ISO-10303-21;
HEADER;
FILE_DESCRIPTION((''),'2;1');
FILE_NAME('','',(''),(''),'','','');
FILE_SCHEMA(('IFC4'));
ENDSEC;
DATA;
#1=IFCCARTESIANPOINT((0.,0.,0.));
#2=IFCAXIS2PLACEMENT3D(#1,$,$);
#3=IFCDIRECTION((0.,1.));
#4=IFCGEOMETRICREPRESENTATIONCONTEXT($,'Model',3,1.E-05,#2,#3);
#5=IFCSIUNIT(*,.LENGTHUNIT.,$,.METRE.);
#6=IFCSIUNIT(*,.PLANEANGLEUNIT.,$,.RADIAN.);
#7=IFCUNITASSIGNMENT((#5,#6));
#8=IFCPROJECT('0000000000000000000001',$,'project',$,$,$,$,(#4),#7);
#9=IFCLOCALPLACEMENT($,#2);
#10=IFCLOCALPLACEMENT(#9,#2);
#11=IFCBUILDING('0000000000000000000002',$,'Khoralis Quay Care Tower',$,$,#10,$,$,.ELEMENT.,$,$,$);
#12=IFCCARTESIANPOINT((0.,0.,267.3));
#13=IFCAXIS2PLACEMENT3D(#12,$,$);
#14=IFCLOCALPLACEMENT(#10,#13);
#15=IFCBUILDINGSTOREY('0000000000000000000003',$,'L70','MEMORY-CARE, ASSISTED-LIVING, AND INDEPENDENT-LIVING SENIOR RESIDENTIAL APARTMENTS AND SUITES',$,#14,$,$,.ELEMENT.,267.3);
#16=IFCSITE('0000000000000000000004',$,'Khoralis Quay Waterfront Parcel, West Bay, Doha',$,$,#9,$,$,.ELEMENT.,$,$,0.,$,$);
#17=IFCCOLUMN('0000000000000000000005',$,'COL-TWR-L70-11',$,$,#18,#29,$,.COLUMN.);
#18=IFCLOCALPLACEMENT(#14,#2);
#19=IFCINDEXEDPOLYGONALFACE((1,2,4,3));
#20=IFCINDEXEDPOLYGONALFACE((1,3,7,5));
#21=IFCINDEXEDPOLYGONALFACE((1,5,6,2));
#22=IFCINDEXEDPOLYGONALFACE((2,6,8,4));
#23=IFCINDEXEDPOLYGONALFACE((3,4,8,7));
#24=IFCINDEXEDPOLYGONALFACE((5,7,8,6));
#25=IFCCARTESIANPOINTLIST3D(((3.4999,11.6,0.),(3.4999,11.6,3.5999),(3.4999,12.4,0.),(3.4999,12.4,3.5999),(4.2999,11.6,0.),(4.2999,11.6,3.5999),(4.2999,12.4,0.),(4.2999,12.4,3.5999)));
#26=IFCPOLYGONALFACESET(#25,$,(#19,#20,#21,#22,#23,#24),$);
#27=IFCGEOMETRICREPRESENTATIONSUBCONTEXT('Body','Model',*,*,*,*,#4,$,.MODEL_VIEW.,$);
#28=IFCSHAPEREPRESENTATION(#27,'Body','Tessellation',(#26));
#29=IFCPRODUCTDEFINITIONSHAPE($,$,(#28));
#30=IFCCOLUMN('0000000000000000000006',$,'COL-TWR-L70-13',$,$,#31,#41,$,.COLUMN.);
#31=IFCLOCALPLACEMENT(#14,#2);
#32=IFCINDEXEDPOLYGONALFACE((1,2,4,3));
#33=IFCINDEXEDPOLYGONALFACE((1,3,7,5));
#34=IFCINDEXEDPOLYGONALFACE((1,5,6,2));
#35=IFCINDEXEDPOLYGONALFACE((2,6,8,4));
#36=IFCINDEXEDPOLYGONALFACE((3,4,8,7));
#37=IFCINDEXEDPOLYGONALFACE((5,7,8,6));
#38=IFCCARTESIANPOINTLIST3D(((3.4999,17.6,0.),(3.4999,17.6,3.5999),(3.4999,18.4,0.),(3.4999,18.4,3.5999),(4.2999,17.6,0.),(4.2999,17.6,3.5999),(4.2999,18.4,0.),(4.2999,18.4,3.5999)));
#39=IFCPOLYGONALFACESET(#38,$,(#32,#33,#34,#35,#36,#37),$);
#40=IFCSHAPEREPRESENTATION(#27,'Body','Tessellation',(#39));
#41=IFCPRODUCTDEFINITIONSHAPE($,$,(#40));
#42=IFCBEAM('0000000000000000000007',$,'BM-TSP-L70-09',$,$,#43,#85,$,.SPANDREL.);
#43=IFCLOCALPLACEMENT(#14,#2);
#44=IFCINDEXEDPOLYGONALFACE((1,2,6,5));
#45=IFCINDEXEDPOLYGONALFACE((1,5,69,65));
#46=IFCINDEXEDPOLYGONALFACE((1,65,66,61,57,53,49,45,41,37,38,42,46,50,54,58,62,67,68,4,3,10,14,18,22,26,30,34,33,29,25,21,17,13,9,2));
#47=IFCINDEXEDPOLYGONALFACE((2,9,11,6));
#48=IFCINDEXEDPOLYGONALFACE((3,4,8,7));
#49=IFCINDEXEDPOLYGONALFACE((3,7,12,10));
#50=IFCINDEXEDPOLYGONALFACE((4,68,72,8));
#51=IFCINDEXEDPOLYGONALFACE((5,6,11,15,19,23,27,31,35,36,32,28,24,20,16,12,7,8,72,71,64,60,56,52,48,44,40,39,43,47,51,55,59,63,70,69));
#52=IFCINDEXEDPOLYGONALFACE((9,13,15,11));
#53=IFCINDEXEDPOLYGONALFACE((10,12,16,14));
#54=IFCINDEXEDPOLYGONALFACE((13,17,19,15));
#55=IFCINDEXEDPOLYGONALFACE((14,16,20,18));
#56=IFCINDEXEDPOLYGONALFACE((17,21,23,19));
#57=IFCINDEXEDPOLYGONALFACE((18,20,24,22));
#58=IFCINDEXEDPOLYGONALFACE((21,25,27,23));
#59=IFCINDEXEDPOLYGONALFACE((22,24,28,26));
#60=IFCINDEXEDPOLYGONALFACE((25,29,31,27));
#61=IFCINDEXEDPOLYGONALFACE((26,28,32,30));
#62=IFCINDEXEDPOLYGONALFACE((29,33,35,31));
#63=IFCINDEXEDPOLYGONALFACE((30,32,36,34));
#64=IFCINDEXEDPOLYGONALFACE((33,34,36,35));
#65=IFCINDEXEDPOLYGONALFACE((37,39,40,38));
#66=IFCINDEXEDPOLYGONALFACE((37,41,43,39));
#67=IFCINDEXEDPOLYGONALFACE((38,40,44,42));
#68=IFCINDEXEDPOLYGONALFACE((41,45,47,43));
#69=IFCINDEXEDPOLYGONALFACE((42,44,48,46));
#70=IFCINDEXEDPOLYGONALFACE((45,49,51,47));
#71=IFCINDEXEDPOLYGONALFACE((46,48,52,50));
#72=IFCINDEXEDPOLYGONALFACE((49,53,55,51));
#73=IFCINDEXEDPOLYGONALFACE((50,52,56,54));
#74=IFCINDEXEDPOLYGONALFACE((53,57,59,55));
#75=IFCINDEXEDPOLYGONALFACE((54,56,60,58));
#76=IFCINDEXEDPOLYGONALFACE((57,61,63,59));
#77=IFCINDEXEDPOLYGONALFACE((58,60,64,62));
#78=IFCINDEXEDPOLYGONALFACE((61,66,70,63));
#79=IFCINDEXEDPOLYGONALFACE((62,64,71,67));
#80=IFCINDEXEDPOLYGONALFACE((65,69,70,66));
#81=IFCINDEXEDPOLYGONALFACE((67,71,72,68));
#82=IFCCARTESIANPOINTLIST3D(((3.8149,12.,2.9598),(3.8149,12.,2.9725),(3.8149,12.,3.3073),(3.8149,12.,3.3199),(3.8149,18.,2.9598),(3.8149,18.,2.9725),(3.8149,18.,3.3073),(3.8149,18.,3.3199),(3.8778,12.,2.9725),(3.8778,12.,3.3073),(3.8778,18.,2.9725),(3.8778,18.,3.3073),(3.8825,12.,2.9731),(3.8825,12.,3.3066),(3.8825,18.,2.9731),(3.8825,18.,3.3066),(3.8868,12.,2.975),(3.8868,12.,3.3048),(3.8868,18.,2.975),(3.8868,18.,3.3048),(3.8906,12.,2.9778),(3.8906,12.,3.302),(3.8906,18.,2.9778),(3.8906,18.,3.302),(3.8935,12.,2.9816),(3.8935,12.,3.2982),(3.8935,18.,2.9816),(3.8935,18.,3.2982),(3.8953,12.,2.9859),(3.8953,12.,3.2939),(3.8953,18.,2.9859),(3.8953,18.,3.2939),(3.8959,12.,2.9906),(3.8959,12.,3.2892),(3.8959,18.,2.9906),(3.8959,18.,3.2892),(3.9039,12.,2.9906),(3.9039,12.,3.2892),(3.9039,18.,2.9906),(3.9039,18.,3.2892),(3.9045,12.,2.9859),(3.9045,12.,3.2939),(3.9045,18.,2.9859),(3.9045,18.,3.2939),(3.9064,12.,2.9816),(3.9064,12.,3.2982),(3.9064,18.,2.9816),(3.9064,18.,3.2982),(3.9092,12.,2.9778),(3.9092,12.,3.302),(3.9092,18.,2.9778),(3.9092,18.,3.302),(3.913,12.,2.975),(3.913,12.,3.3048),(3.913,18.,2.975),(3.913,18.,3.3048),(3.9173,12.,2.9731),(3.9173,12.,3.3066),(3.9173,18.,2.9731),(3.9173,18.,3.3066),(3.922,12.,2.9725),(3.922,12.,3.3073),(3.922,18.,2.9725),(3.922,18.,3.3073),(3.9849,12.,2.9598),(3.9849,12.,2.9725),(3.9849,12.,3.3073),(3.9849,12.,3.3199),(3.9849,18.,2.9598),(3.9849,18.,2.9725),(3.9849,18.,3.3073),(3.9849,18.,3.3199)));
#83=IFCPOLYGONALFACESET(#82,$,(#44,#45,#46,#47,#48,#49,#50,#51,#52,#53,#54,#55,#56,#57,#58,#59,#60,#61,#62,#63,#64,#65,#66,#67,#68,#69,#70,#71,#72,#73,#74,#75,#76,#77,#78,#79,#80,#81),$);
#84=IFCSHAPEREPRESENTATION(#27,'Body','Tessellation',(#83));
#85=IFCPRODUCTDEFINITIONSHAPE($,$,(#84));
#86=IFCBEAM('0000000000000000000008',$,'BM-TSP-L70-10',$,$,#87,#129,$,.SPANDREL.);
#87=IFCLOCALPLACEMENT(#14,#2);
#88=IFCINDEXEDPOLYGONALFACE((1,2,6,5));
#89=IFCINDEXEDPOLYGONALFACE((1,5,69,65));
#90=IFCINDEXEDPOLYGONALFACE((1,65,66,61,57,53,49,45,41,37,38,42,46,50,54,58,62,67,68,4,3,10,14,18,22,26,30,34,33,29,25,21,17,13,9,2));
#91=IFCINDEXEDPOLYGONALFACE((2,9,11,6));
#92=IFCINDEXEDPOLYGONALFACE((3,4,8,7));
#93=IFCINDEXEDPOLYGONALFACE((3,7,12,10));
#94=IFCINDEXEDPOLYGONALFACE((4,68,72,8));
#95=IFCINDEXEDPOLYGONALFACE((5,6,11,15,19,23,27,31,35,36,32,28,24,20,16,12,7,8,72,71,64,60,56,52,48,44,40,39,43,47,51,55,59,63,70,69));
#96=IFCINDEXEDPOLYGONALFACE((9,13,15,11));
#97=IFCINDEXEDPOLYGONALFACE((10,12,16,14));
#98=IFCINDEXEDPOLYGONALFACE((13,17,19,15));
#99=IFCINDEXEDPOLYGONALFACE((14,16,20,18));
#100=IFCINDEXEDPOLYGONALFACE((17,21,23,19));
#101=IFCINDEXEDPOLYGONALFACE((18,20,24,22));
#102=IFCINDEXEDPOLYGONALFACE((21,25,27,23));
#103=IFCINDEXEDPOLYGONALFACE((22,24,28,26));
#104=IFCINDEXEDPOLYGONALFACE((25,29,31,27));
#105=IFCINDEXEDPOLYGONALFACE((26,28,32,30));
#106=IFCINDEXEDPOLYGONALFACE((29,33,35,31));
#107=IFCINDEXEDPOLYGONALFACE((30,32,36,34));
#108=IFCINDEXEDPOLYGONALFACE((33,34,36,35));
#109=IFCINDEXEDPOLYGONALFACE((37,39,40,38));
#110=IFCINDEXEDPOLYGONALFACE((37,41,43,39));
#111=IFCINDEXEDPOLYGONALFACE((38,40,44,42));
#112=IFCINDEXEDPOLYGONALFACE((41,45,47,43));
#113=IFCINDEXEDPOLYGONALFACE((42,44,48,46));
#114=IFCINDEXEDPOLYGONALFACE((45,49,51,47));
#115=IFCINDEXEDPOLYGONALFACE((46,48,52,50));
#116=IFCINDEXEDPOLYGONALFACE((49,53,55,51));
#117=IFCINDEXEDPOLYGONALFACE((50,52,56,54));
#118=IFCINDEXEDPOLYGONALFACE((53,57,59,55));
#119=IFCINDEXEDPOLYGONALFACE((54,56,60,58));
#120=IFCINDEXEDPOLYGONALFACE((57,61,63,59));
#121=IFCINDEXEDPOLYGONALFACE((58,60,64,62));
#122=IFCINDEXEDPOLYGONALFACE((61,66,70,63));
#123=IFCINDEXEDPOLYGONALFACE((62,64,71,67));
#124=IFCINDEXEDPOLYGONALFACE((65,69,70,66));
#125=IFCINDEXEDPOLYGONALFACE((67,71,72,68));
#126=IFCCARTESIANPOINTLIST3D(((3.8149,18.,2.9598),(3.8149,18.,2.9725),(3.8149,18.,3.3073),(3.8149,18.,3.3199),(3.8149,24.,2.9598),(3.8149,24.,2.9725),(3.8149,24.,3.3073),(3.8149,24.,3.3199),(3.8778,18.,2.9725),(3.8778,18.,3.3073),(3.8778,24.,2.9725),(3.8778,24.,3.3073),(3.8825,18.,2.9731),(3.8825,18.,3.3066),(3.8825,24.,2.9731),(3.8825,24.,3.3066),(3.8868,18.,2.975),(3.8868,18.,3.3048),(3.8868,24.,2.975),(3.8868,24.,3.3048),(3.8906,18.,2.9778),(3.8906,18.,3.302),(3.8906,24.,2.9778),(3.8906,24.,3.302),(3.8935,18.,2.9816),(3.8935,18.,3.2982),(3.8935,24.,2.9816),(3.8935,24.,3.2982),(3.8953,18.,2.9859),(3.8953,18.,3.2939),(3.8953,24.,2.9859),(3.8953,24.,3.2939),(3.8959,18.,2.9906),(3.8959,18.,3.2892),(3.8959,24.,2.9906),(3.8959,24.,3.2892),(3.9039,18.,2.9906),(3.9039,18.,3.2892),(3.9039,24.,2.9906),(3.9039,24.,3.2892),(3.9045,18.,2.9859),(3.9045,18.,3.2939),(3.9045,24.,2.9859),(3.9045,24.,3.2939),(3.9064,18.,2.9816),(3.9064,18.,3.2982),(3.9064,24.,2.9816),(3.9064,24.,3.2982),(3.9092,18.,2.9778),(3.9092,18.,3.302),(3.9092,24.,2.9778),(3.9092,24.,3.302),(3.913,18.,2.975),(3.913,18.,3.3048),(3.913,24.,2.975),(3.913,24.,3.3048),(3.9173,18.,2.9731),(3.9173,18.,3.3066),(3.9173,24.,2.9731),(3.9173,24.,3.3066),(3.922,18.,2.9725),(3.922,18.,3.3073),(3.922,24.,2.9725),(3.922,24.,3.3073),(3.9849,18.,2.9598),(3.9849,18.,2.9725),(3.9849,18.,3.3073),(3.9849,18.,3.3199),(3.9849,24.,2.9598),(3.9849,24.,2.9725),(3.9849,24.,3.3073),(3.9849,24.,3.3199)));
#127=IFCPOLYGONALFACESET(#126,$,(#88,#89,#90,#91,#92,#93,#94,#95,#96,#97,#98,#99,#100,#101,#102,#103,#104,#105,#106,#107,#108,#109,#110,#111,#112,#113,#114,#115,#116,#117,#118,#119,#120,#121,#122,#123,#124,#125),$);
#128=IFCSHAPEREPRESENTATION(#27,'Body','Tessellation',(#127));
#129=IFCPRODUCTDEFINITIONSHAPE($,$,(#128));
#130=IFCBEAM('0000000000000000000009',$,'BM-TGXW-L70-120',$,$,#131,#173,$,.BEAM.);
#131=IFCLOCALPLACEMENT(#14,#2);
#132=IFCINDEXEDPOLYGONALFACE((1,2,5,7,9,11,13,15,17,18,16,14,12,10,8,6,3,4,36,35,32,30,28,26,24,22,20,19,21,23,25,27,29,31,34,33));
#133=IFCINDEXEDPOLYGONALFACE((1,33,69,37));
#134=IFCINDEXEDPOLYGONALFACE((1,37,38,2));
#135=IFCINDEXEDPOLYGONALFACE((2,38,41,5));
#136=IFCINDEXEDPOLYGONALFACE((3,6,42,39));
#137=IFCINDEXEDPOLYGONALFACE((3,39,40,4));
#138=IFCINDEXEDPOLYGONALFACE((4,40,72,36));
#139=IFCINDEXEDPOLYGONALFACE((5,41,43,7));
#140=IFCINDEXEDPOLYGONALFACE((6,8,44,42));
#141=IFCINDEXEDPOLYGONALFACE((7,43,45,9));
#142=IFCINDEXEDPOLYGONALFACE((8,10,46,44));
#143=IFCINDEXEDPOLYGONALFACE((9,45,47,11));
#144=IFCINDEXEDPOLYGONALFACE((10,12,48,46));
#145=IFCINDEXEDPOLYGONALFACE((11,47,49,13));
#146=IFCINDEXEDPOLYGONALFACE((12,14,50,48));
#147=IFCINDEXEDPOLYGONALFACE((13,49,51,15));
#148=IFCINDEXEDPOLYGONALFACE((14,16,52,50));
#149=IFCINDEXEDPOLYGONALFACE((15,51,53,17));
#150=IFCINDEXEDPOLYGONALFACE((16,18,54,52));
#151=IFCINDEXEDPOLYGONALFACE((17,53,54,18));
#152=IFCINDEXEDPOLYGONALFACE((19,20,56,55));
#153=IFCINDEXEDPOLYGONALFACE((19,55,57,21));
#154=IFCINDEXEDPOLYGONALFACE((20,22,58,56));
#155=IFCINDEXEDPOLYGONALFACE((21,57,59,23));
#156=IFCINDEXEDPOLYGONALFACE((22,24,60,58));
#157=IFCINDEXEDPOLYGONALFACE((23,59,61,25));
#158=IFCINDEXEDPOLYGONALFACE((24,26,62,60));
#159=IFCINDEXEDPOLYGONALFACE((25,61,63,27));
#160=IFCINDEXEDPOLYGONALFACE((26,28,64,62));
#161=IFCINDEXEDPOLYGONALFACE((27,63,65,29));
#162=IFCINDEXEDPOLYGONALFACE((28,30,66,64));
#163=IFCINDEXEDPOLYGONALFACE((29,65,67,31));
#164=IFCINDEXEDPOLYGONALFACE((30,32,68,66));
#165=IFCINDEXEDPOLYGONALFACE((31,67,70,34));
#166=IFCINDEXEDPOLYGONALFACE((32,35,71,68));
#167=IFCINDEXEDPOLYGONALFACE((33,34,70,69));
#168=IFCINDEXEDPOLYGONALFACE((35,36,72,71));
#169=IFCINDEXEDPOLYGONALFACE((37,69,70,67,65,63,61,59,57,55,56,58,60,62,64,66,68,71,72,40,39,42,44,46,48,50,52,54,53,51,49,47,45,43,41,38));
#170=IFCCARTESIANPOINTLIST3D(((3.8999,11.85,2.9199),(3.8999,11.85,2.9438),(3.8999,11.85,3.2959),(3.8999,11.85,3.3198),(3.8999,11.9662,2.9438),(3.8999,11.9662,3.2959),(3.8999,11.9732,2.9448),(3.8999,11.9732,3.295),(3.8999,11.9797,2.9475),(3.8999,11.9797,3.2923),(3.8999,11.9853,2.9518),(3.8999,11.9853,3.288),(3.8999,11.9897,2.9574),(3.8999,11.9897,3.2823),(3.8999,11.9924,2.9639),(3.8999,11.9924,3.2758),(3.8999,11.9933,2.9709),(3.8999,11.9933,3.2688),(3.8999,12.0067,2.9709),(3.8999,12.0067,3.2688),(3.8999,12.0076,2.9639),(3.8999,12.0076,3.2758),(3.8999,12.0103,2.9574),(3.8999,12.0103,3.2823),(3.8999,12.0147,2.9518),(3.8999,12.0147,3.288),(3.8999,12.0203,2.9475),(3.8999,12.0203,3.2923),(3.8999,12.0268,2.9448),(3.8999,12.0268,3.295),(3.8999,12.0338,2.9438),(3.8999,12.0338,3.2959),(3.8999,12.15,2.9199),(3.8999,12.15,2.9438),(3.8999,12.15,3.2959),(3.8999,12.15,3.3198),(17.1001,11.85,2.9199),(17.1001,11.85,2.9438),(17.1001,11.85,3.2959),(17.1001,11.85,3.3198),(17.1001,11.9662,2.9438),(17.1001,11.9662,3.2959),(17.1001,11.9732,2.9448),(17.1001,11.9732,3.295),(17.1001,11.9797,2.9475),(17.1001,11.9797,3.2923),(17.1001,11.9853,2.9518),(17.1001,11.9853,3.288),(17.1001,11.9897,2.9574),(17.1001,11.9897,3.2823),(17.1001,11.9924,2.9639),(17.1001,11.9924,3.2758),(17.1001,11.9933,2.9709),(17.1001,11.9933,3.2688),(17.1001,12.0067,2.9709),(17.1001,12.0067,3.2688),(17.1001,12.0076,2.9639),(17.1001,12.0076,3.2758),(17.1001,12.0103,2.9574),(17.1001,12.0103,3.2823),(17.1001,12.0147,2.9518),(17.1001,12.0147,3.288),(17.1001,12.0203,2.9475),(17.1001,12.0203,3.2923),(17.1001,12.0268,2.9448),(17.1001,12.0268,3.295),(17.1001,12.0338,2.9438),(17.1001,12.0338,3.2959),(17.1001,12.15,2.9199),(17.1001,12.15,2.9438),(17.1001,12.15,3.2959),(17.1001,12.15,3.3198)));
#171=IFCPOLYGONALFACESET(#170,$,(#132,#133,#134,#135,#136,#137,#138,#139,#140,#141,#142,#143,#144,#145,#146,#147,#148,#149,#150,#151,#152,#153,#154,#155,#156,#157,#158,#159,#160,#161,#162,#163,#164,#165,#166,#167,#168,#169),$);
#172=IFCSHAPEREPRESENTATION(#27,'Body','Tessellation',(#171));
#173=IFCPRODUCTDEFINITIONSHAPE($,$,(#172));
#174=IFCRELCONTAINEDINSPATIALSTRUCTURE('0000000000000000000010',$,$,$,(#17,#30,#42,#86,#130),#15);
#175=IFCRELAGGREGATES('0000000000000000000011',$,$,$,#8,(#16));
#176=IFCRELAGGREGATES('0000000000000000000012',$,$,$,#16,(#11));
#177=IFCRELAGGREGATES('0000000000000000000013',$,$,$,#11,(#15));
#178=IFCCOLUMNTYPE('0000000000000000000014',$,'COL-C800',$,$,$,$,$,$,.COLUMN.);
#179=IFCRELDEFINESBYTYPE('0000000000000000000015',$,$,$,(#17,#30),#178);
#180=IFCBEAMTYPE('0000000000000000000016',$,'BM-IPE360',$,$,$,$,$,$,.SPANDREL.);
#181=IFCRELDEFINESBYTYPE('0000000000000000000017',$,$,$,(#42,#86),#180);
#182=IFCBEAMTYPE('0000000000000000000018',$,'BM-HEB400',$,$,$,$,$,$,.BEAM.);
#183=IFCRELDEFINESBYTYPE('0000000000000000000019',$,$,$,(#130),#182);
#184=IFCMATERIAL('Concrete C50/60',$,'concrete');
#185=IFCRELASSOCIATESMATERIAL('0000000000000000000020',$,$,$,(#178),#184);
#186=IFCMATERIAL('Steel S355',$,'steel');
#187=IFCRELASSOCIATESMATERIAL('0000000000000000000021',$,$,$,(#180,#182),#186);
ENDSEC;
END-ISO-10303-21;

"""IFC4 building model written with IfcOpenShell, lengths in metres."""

from ifc_helpers import new_model, si_unit, direction, frame, origin, origin_2d, place, context, subcontext, project, spatial, rectangle, i_section, extrude, source, transform, mapped, material, material_profile, profile_set, type_object, element, save


model = new_model("IFC4")

# Units and contexts
model_context = context("Model", 3, precision=1e-05, world=origin(), true_north=direction((0.0, 1.0)))
body_context = subcontext(model_context, "Body", "Model", "MODEL_VIEW")
ifc_project = project(units=[si_unit("LENGTHUNIT", "METRE"), si_unit("PLANEANGLEUNIT", "RADIAN")], contexts=[model_context])

# Site, building, storey
site_placement = place(None, origin())
site = spatial("IfcSite", under=ifc_project, at=site_placement, Name="Khoralis Quay Waterfront Parcel, West Bay, Doha", CompositionType="ELEMENT", RefElevation=0.0)
building_placement = place(site_placement, origin())
building = spatial("IfcBuilding", under=site, at=building_placement, Name="Khoralis Quay Care Tower", CompositionType="ELEMENT")
storey_placement = place(building_placement, frame((0.0, 0.0, 267.3)))
storey = spatial("IfcBuildingStorey", under=building, at=storey_placement, Name="L70", Description="MEMORY-CARE, ASSISTED-LIVING, AND INDEPENDENT-LIVING SENIOR RESIDENTIAL APARTMENTS AND SUITES", CompositionType="ELEMENT", Elevation=267.3)

# Columns
ifc_material_1 = material(Name="Concrete C50/60", Category="concrete")
ifc_material_profile_1 = material_profile(ifc_material_1, rectangle(XDim=0.8, YDim=0.8, at=origin_2d()), Name="Concrete C50/60")
ifc_profile_set_1 = profile_set([ifc_material_profile_1], Name="Concrete C50/60")
column_type = type_object("IfcColumnType", Name="COL-C800", PredefinedType="COLUMN", material=ifc_profile_set_1)
shared_shape_1 = source(origin(), body_context, "Body", "SweptSolid", [
    extrude(rectangle(XDim=0.8, YDim=0.8, at=origin_2d()), origin(), (0.0, 0.0, 1.0), 3.5999),
])
for number, where, z_axis, x_axis, name in (
    (1, (3.8999, 12.0, 0.0), (0.0, 0.0, 1.0), (1.0, 0.0, 0.0), "COL-TWR-L70-11"),
    (2, (3.8999, 18.0, 0.0), (0.0, 0.0, 1.0), (1.0, 0.0, 0.0), "COL-TWR-L70-13"),
):
    element("IfcColumn", number, at=place(storey_placement, frame(where, z_axis=z_axis, x_axis=x_axis)), inside=storey, type_object=column_type, Name=name, PredefinedType="COLUMN", context=body_context, shape_type="MappedRepresentation", body=[
        mapped(shared_shape_1, transform((0.0, 0.0, 0.0), scale=1.0)),
    ])

# Beams
ifc_material_2 = material(Name="Steel S355", Category="steel")
ifc_material_profile_2 = material_profile(ifc_material_2, i_section(OverallWidth=0.1699, OverallDepth=0.3601, WebThickness=0.0081, FlangeThickness=0.0127, FilletRadius=0.0181, at=origin_2d()), Name="Steel S355")
ifc_profile_set_2 = profile_set([ifc_material_profile_2], Name="Steel S355")
beam_type_1 = type_object("IfcBeamType", Name="BM-IPE360", PredefinedType="SPANDREL", material=ifc_profile_set_2)
shared_shape_2 = source(origin(), body_context, "Body", "SweptSolid", [
    extrude(i_section(OverallWidth=0.1699, OverallDepth=0.3601, WebThickness=0.0081, FlangeThickness=0.0127, FilletRadius=0.0181, at=origin_2d()), origin(), (0.0, 0.0, 1.0), 6.0),
])
for number, where, z_axis, x_axis, name in (
    (3, (3.8999, 12.0, 3.1399), (0.0, 1.0, 0.0), (-1.0, 0.0, 0.0), "BM-TSP-L70-09"),
    (4, (3.8999, 18.0, 3.1399), (0.0, 1.0, 0.0), (-1.0, 0.0, 0.0), "BM-TSP-L70-10"),
):
    element("IfcBeam", number, at=place(storey_placement, frame(where, z_axis=z_axis, x_axis=x_axis)), inside=storey, type_object=beam_type_1, Name=name, PredefinedType="SPANDREL", context=body_context, shape_type="MappedRepresentation", body=[
        mapped(shared_shape_2, transform((0.0, 0.0, 0.0), scale=1.0)),
    ])
ifc_material_profile_3 = material_profile(ifc_material_2, i_section(OverallWidth=0.3, OverallDepth=0.3999, WebThickness=0.0134, FlangeThickness=0.0239, FilletRadius=0.0271, at=origin_2d()), Name="Steel S355")
ifc_profile_set_3 = profile_set([ifc_material_profile_3], Name="Steel S355")
beam_type_2 = type_object("IfcBeamType", Name="BM-HEB400", PredefinedType="BEAM", material=ifc_profile_set_3)
shared_shape_3 = source(origin(), body_context, "Body", "SweptSolid", [
    extrude(i_section(OverallWidth=0.3, OverallDepth=0.3999, WebThickness=0.0134, FlangeThickness=0.0239, FilletRadius=0.0271, at=origin_2d()), origin(), (0.0, 0.0, 1.0), 13.2002),
])
beam_1_placement = place(storey_placement, frame((3.8999, 12.0, 3.1199), z_axis=(1.0, 0.0, 0.0), x_axis=(0.0, 1.0, 0.0)))
element("IfcBeam", 5, at=beam_1_placement, inside=storey, type_object=beam_type_2, Name="BM-TGXW-L70-120", PredefinedType="BEAM", context=body_context, shape_type="MappedRepresentation", body=[
    mapped(shared_shape_3, transform((0.0, 0.0, 0.0), scale=1.0)),
])

save(model, "model.ifc")
